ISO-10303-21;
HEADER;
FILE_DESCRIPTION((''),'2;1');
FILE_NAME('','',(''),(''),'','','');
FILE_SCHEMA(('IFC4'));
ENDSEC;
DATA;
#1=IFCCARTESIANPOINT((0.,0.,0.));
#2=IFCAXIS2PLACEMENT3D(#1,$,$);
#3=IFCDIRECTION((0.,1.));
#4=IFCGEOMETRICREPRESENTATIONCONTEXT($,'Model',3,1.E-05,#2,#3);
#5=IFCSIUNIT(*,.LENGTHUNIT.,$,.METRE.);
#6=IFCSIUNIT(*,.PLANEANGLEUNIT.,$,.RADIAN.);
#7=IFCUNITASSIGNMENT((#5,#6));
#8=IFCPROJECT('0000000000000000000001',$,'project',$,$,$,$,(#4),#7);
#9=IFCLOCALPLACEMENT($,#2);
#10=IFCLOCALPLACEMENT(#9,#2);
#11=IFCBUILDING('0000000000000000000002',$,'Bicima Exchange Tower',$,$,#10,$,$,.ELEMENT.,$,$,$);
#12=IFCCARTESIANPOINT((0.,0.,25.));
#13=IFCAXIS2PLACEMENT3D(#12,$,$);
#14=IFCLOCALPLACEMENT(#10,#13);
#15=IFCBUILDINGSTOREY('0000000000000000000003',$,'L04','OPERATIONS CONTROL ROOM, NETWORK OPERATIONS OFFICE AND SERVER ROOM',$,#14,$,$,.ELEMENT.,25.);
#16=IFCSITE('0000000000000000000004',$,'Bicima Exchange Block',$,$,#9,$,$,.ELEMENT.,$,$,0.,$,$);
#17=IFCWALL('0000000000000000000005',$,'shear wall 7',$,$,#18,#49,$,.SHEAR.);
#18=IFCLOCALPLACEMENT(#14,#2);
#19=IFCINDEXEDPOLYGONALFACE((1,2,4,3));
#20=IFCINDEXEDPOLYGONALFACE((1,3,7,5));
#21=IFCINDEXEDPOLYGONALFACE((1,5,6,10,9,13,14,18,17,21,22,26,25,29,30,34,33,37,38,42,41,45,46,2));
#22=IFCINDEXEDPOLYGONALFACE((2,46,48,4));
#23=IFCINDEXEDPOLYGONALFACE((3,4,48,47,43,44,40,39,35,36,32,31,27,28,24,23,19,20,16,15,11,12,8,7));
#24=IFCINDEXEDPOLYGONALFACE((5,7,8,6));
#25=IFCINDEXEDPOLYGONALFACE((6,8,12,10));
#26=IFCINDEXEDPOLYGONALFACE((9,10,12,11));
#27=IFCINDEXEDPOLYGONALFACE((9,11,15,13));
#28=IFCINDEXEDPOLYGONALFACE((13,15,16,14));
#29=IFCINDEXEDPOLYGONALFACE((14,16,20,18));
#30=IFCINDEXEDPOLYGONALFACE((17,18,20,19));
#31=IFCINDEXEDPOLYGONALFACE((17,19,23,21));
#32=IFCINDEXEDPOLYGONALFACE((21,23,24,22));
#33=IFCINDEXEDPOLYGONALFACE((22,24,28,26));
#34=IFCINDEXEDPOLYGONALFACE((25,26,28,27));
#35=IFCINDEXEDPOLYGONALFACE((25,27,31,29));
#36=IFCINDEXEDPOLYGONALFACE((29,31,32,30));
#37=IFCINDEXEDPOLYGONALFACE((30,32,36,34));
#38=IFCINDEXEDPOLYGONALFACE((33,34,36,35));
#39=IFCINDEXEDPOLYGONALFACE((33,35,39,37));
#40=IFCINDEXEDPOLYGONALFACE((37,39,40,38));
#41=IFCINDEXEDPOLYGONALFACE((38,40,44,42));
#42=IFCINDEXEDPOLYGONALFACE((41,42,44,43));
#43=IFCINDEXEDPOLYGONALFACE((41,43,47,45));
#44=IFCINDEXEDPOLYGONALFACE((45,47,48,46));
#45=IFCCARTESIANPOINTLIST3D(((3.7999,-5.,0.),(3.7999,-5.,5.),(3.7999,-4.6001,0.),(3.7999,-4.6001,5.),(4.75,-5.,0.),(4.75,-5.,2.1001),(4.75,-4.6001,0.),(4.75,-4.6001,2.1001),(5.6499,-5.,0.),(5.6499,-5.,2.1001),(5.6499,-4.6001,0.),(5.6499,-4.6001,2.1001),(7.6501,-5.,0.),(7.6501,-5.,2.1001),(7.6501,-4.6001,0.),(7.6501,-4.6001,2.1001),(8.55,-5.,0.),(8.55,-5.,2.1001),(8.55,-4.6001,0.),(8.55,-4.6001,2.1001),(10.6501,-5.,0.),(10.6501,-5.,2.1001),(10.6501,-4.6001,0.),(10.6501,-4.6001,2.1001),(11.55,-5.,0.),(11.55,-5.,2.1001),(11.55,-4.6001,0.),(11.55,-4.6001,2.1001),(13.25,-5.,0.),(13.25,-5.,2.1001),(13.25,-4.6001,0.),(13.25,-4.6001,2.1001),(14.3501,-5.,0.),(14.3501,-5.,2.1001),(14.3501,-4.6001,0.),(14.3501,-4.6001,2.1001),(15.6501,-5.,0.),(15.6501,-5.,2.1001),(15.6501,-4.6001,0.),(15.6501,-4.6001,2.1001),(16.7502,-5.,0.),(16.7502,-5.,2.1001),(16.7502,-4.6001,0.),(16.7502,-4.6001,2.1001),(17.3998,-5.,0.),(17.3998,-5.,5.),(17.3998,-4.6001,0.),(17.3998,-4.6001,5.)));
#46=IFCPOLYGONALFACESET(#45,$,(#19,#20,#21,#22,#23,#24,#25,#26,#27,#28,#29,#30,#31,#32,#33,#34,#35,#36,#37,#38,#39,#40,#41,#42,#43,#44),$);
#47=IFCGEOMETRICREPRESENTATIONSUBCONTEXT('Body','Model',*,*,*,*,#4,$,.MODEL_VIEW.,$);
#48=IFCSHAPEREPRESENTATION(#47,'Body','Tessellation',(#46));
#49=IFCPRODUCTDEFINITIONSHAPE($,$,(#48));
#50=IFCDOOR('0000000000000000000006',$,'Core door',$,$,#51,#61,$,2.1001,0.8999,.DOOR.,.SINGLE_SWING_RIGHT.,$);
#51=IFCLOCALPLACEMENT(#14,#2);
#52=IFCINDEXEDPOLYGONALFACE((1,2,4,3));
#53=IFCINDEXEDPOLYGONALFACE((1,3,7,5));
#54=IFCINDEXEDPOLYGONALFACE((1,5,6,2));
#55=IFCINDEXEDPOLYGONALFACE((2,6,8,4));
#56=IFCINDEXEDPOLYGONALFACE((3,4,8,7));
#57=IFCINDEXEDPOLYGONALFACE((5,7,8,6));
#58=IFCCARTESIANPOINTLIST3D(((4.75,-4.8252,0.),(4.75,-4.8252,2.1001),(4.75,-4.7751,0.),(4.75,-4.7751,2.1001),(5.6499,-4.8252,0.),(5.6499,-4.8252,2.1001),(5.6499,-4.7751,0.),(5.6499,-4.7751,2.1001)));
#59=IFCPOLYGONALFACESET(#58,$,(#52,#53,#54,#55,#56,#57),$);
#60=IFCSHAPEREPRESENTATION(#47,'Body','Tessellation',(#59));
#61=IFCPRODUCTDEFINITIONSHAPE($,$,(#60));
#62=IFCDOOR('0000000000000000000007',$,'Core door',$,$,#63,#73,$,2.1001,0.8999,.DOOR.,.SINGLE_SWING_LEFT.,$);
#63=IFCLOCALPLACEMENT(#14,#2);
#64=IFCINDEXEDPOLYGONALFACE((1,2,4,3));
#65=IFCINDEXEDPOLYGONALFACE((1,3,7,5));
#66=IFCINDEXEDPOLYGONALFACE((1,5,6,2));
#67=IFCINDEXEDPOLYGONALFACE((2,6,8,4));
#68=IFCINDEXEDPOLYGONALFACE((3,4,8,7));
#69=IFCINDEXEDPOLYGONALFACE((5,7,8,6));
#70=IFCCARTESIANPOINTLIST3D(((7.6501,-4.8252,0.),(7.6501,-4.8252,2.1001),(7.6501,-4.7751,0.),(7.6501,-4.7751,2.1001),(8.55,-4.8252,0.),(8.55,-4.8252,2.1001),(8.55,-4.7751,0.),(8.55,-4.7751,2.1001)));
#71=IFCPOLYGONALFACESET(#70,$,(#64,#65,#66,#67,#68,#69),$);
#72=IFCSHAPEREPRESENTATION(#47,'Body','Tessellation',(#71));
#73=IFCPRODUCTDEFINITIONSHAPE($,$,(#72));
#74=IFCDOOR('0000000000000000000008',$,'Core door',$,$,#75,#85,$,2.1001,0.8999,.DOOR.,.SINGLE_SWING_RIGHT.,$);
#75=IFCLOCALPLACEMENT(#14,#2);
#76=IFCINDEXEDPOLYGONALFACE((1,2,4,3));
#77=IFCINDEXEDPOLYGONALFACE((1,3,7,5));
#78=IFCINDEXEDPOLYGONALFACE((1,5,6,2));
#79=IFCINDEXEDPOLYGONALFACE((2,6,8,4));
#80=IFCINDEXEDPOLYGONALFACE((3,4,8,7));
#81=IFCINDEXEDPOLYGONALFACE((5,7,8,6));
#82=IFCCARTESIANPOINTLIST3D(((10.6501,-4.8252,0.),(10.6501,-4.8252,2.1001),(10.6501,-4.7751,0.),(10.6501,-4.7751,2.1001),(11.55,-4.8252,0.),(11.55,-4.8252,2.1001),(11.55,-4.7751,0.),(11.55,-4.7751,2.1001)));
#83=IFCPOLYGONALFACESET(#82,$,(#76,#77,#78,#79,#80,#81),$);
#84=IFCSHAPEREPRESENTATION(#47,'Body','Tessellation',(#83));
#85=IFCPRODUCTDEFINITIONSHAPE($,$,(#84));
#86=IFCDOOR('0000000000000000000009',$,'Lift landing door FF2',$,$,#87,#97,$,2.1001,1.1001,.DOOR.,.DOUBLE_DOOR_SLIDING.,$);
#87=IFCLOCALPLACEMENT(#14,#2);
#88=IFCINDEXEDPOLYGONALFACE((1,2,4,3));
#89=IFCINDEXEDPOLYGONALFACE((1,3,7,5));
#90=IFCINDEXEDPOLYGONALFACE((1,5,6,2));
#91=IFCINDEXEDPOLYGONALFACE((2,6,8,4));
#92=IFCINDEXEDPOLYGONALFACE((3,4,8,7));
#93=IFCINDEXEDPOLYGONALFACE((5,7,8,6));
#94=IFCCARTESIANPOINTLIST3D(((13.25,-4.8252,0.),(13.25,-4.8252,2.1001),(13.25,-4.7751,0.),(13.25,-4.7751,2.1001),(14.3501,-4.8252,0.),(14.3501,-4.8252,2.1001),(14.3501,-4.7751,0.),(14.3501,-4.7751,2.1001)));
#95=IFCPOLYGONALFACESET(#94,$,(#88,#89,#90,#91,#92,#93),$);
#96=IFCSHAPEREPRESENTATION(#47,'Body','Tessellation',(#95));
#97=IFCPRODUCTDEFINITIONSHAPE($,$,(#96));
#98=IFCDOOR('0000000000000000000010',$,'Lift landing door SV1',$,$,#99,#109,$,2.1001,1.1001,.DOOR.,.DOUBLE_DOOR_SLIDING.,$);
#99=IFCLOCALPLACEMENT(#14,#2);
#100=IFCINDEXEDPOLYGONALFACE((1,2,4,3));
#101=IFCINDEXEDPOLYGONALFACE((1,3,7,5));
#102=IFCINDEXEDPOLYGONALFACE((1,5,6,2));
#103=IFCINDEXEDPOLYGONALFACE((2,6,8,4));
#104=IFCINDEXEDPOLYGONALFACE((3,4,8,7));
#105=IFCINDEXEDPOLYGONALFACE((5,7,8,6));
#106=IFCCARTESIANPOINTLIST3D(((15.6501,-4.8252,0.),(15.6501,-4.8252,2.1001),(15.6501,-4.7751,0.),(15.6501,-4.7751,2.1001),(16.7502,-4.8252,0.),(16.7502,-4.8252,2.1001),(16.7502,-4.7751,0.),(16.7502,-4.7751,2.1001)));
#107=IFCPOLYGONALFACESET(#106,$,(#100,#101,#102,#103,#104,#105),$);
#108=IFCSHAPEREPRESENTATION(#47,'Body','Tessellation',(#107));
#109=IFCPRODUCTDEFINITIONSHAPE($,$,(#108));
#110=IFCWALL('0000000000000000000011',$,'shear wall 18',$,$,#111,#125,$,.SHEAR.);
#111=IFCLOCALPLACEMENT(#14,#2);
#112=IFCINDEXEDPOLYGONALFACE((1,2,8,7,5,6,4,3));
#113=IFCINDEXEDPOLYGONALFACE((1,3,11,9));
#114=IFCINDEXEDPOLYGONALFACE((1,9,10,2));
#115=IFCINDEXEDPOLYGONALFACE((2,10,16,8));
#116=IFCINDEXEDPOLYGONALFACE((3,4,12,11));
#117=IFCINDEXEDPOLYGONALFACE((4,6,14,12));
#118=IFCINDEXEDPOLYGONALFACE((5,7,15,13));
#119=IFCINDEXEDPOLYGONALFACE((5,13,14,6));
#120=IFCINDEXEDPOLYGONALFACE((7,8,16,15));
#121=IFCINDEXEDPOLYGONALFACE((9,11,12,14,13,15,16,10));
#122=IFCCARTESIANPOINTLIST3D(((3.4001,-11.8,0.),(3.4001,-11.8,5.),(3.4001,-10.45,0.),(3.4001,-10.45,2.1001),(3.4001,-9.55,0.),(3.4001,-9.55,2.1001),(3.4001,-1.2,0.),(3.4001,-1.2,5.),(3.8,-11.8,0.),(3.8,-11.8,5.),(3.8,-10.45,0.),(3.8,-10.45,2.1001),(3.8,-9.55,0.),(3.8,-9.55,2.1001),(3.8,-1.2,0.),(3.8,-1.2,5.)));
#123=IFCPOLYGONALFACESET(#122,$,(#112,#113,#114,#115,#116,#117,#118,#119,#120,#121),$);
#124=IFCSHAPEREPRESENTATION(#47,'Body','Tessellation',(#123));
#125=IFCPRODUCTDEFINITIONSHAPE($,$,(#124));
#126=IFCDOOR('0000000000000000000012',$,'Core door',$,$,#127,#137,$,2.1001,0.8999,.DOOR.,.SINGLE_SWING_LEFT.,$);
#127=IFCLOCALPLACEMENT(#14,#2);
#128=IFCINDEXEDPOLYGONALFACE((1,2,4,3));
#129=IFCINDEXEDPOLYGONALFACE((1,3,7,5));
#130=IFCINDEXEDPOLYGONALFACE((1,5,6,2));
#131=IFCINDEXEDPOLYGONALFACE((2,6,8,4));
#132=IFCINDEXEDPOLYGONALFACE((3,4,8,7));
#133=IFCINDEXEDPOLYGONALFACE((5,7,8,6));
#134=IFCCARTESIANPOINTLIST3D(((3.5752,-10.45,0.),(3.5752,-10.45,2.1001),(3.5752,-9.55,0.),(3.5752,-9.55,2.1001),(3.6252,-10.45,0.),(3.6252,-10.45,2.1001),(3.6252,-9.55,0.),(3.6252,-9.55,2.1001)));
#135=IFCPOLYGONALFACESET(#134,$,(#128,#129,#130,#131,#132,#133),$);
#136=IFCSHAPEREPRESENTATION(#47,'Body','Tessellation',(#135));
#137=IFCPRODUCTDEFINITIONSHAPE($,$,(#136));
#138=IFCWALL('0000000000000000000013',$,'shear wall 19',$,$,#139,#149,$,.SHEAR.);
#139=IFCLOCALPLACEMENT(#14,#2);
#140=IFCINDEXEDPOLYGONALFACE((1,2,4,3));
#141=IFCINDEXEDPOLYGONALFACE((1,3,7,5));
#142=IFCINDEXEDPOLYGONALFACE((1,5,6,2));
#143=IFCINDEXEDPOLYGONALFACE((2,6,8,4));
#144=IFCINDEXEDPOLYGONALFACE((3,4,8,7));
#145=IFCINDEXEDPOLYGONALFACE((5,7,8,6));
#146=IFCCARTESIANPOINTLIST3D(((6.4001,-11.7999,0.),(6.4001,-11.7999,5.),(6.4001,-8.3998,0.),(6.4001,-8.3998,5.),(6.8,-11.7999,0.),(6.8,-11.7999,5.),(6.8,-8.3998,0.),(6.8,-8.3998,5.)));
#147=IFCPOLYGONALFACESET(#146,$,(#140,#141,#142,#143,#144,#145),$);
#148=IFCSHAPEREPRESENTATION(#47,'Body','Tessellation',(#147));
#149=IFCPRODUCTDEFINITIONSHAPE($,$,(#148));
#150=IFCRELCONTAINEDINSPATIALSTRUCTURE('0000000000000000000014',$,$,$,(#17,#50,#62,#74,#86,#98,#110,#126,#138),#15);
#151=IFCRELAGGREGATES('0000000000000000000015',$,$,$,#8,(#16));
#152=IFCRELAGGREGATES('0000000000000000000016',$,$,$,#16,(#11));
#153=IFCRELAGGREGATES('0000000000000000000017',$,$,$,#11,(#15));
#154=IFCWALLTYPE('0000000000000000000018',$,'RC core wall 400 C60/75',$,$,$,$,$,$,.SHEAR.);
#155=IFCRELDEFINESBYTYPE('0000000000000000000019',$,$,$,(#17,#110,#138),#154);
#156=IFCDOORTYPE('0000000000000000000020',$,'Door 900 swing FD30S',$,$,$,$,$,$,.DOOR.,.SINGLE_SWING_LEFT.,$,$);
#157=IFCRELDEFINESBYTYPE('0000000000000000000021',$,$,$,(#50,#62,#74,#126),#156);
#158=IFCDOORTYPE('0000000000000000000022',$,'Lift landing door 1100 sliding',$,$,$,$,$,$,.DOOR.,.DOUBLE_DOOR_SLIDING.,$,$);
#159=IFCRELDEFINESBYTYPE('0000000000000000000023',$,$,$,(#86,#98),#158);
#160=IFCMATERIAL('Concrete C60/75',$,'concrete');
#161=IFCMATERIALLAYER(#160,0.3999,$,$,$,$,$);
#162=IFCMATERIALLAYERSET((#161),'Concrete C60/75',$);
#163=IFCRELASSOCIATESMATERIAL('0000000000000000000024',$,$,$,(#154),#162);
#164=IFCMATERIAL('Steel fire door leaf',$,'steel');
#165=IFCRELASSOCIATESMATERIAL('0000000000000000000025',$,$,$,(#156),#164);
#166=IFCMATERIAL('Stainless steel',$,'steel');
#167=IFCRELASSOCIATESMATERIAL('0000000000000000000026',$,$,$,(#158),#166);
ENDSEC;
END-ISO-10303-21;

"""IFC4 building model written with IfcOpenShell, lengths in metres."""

from ifc_helpers import new_model, si_unit, direction, frame, frame_2d, origin, place, context, subcontext, project, spatial, rectangle, extrude, material, layer, layer_set, type_object, element, fill, save


model = new_model("IFC4")

# Units and contexts
model_context = context("Model", 3, precision=1e-05, world=origin(), true_north=direction((0.0, 1.0)))
body_context = subcontext(model_context, "Body", "Model", "MODEL_VIEW")
ifc_project = project(units=[si_unit("LENGTHUNIT", "METRE"), si_unit("PLANEANGLEUNIT", "RADIAN")], contexts=[model_context])

# Site, building, storey
site_placement = place(None, origin())
site = spatial("IfcSite", under=ifc_project, at=site_placement, Name="Bicima Exchange Block", CompositionType="ELEMENT", RefElevation=0.0)
building_placement = place(site_placement, origin())
building = spatial("IfcBuilding", under=site, at=building_placement, Name="Bicima Exchange Tower", CompositionType="ELEMENT")
storey_placement = place(building_placement, frame((0.0, 0.0, 25.0)))
storey = spatial("IfcBuildingStorey", under=building, at=storey_placement, Name="L04", Description="OPERATIONS CONTROL ROOM, NETWORK OPERATIONS OFFICE AND SERVER ROOM", CompositionType="ELEMENT", Elevation=25.0)

# Shared definitions
ifc_material_1 = material(Name="Concrete C60/75", Category="concrete")
ifc_layer_1 = layer(ifc_material_1, 0.3999)
ifc_layer_set_1 = layer_set([ifc_layer_1], Name="Concrete C60/75")
wall_type_1 = type_object("IfcWallType", Name="RC core wall 400 C60/75", PredefinedType="SHEAR", material=ifc_layer_set_1)
ifc_material_2 = material(Name="Steel fire door leaf", Category="steel")
door_type_1 = type_object("IfcDoorType", Name="Door 900 swing FD30S", OperationType="SINGLE_SWING_LEFT", PredefinedType="DOOR", material=ifc_material_2)

# Wall, openings, doors
wall_1_placement = place(storey_placement, frame((3.8, -4.8, 0.0), z_axis=(0.0, 0.0, 1.0), x_axis=(1.0, 0.0, 0.0)))
wall_1 = element("IfcWall", 1, at=wall_1_placement, inside=storey, type_object=wall_type_1, Name="shear wall 7", PredefinedType="SHEAR", context=body_context, shape_type="SweptSolid", body=[
    extrude(rectangle(XDim=13.5999, YDim=0.3999, at=frame_2d((6.7998, 0.0))), origin(), (0.0, 0.0, 1.0), 5.0),
])
opening_1_placement = place(wall_1_placement, frame((9.45, 0.0, 0.0)))
opening_1 = element("IfcOpeningElement", 2, at=opening_1_placement, cuts=wall_1, PredefinedType="OPENING", context=body_context, shape_type="SweptSolid", body=[
    extrude(rectangle(XDim=1.1001, YDim=2.1001, at=frame_2d((0.55, 1.05))), frame((0.0, 0.2119, 0.0), z_axis=(0.0, -1.0, 0.0), x_axis=(1.0, 0.0, 0.0)), (0.0, 0.0, 1.0), 0.4238),
])
opening_2_placement = place(wall_1_placement, frame((11.8501, 0.0, 0.0)))
opening_2 = element("IfcOpeningElement", 3, at=opening_2_placement, cuts=wall_1, PredefinedType="OPENING", context=body_context, shape_type="SweptSolid", body=[
    extrude(rectangle(XDim=1.1001, YDim=2.1001, at=frame_2d((0.55, 1.05))), frame((0.0, 0.2119, 0.0), z_axis=(0.0, -1.0, 0.0), x_axis=(1.0, 0.0, 0.0)), (0.0, 0.0, 1.0), 0.4238),
])
opening_3_placement = place(wall_1_placement, frame((0.95, 0.0, 0.0)))
opening_3 = element("IfcOpeningElement", 4, at=opening_3_placement, cuts=wall_1, PredefinedType="OPENING", context=body_context, shape_type="SweptSolid", body=[
    extrude(rectangle(XDim=0.8999, YDim=2.1001, at=frame_2d((0.45, 1.05))), frame((0.0, 0.2119, 0.0), z_axis=(0.0, -1.0, 0.0), x_axis=(1.0, 0.0, 0.0)), (0.0, 0.0, 1.0), 0.4238),
])
opening_4_placement = place(wall_1_placement, frame((3.8501, 0.0, 0.0)))
opening_4 = element("IfcOpeningElement", 5, at=opening_4_placement, cuts=wall_1, PredefinedType="OPENING", context=body_context, shape_type="SweptSolid", body=[
    extrude(rectangle(XDim=0.8999, YDim=2.1001, at=frame_2d((0.45, 1.05))), frame((0.0, 0.2119, 0.0), z_axis=(0.0, -1.0, 0.0), x_axis=(1.0, 0.0, 0.0)), (0.0, 0.0, 1.0), 0.4238),
])
opening_5_placement = place(wall_1_placement, frame((6.8501, 0.0, 0.0)))
opening_5 = element("IfcOpeningElement", 6, at=opening_5_placement, cuts=wall_1, PredefinedType="OPENING", context=body_context, shape_type="SweptSolid", body=[
    extrude(rectangle(XDim=0.8999, YDim=2.1001, at=frame_2d((0.45, 1.05))), frame((0.0, 0.2119, 0.0), z_axis=(0.0, -1.0, 0.0), x_axis=(1.0, 0.0, 0.0)), (0.0, 0.0, 1.0), 0.4238),
])
door_1_placement = place(opening_3_placement, origin())
door_1 = element("IfcDoor", 7, at=door_1_placement, inside=storey, type_object=door_type_1, Name="Core door", OperationType="SINGLE_SWING_RIGHT", OverallHeight=2.1001, OverallWidth=0.8999, PredefinedType="DOOR", context=body_context, shape_type="SweptSolid", body=[
    extrude(rectangle(XDim=0.8999, YDim=2.1001, at=frame_2d((0.45, 1.05))), frame((0.0, 0.0249, 0.0), z_axis=(0.0, -1.0, 0.0), x_axis=(1.0, 0.0, 0.0)), (0.0, 0.0, 1.0), 0.05),
])
fill(opening_3, door_1)
door_2_placement = place(opening_4_placement, origin())
door_2 = element("IfcDoor", 8, at=door_2_placement, inside=storey, type_object=door_type_1, Name="Core door", OperationType="SINGLE_SWING_LEFT", OverallHeight=2.1001, OverallWidth=0.8999, PredefinedType="DOOR", context=body_context, shape_type="SweptSolid", body=[
    extrude(rectangle(XDim=0.8999, YDim=2.1001, at=frame_2d((0.45, 1.05))), frame((0.0, 0.0249, 0.0), z_axis=(0.0, -1.0, 0.0), x_axis=(1.0, 0.0, 0.0)), (0.0, 0.0, 1.0), 0.05),
])
fill(opening_4, door_2)
door_3_placement = place(opening_5_placement, origin())
door_3 = element("IfcDoor", 9, at=door_3_placement, inside=storey, type_object=door_type_1, Name="Core door", OperationType="SINGLE_SWING_RIGHT", OverallHeight=2.1001, OverallWidth=0.8999, PredefinedType="DOOR", context=body_context, shape_type="SweptSolid", body=[
    extrude(rectangle(XDim=0.8999, YDim=2.1001, at=frame_2d((0.45, 1.05))), frame((0.0, 0.0249, 0.0), z_axis=(0.0, -1.0, 0.0), x_axis=(1.0, 0.0, 0.0)), (0.0, 0.0, 1.0), 0.05),
])
fill(opening_5, door_3)
ifc_material_3 = material(Name="Stainless steel", Category="steel")
door_type_2 = type_object("IfcDoorType", Name="Lift landing door 1100 sliding", OperationType="DOUBLE_DOOR_SLIDING", PredefinedType="DOOR", material=ifc_material_3)
door_4_placement = place(opening_1_placement, origin())
door_4 = element("IfcDoor", 10, at=door_4_placement, inside=storey, type_object=door_type_2, Name="Lift landing door FF2", OperationType="DOUBLE_DOOR_SLIDING", OverallHeight=2.1001, OverallWidth=1.1001, PredefinedType="DOOR", context=body_context, shape_type="SweptSolid", body=[
    extrude(rectangle(XDim=1.1001, YDim=2.1001, at=frame_2d((0.55, 1.05))), frame((0.0, 0.0249, 0.0), z_axis=(0.0, -1.0, 0.0), x_axis=(1.0, 0.0, 0.0)), (0.0, 0.0, 1.0), 0.05),
])
fill(opening_1, door_4)
door_5_placement = place(opening_2_placement, origin())
door_5 = element("IfcDoor", 11, at=door_5_placement, inside=storey, type_object=door_type_2, Name="Lift landing door SV1", OperationType="DOUBLE_DOOR_SLIDING", OverallHeight=2.1001, OverallWidth=1.1001, PredefinedType="DOOR", context=body_context, shape_type="SweptSolid", body=[
    extrude(rectangle(XDim=1.1001, YDim=2.1001, at=frame_2d((0.55, 1.05))), frame((0.0, 0.0249, 0.0), z_axis=(0.0, -1.0, 0.0), x_axis=(1.0, 0.0, 0.0)), (0.0, 0.0, 1.0), 0.05),
])
fill(opening_2, door_5)

# Wall, opening, door
wall_2_placement = place(storey_placement, frame((3.6001, -11.8, 0.0), z_axis=(0.0, 0.0, 1.0), x_axis=(0.0, 1.0, 0.0)))
wall_2 = element("IfcWall", 12, at=wall_2_placement, inside=storey, type_object=wall_type_1, Name="shear wall 18", PredefinedType="SHEAR", context=body_context, shape_type="SweptSolid", body=[
    extrude(rectangle(XDim=10.6001, YDim=0.3999, at=frame_2d((5.3, 0.0))), origin(), (0.0, 0.0, 1.0), 5.0),
])
opening_6_placement = place(wall_2_placement, frame((1.3501, 0.0, 0.0)))
opening_6 = element("IfcOpeningElement", 13, at=opening_6_placement, cuts=wall_2, PredefinedType="OPENING", context=body_context, shape_type="SweptSolid", body=[
    extrude(rectangle(XDim=0.8999, YDim=2.1001, at=frame_2d((0.45, 1.05))), frame((0.0, 0.2119, 0.0), z_axis=(0.0, -1.0, 0.0), x_axis=(1.0, 0.0, 0.0)), (0.0, 0.0, 1.0), 0.4238),
])
door_6_placement = place(opening_6_placement, origin())
door_6 = element("IfcDoor", 14, at=door_6_placement, inside=storey, type_object=door_type_1, Name="Core door", OperationType="SINGLE_SWING_LEFT", OverallHeight=2.1001, OverallWidth=0.8999, PredefinedType="DOOR", context=body_context, shape_type="SweptSolid", body=[
    extrude(rectangle(XDim=0.8999, YDim=2.1001, at=frame_2d((0.45, 1.05))), frame((0.0, 0.0249, 0.0), z_axis=(0.0, -1.0, 0.0), x_axis=(1.0, 0.0, 0.0)), (0.0, 0.0, 1.0), 0.05),
])
fill(opening_6, door_6)

# Wall
wall_3_placement = place(storey_placement, frame((6.6001, -11.8, 0.0), z_axis=(0.0, 0.0, 1.0), x_axis=(0.0, 1.0, 0.0)))
element("IfcWall", 15, at=wall_3_placement, inside=storey, type_object=wall_type_1, Name="shear wall 19", PredefinedType="SHEAR", context=body_context, shape_type="SweptSolid", body=[
    extrude(rectangle(XDim=3.4001, YDim=0.3999, at=frame_2d((1.7002, 0.0))), origin(), (0.0, 0.0, 1.0), 5.0),
])

save(model, "model.ifc")
